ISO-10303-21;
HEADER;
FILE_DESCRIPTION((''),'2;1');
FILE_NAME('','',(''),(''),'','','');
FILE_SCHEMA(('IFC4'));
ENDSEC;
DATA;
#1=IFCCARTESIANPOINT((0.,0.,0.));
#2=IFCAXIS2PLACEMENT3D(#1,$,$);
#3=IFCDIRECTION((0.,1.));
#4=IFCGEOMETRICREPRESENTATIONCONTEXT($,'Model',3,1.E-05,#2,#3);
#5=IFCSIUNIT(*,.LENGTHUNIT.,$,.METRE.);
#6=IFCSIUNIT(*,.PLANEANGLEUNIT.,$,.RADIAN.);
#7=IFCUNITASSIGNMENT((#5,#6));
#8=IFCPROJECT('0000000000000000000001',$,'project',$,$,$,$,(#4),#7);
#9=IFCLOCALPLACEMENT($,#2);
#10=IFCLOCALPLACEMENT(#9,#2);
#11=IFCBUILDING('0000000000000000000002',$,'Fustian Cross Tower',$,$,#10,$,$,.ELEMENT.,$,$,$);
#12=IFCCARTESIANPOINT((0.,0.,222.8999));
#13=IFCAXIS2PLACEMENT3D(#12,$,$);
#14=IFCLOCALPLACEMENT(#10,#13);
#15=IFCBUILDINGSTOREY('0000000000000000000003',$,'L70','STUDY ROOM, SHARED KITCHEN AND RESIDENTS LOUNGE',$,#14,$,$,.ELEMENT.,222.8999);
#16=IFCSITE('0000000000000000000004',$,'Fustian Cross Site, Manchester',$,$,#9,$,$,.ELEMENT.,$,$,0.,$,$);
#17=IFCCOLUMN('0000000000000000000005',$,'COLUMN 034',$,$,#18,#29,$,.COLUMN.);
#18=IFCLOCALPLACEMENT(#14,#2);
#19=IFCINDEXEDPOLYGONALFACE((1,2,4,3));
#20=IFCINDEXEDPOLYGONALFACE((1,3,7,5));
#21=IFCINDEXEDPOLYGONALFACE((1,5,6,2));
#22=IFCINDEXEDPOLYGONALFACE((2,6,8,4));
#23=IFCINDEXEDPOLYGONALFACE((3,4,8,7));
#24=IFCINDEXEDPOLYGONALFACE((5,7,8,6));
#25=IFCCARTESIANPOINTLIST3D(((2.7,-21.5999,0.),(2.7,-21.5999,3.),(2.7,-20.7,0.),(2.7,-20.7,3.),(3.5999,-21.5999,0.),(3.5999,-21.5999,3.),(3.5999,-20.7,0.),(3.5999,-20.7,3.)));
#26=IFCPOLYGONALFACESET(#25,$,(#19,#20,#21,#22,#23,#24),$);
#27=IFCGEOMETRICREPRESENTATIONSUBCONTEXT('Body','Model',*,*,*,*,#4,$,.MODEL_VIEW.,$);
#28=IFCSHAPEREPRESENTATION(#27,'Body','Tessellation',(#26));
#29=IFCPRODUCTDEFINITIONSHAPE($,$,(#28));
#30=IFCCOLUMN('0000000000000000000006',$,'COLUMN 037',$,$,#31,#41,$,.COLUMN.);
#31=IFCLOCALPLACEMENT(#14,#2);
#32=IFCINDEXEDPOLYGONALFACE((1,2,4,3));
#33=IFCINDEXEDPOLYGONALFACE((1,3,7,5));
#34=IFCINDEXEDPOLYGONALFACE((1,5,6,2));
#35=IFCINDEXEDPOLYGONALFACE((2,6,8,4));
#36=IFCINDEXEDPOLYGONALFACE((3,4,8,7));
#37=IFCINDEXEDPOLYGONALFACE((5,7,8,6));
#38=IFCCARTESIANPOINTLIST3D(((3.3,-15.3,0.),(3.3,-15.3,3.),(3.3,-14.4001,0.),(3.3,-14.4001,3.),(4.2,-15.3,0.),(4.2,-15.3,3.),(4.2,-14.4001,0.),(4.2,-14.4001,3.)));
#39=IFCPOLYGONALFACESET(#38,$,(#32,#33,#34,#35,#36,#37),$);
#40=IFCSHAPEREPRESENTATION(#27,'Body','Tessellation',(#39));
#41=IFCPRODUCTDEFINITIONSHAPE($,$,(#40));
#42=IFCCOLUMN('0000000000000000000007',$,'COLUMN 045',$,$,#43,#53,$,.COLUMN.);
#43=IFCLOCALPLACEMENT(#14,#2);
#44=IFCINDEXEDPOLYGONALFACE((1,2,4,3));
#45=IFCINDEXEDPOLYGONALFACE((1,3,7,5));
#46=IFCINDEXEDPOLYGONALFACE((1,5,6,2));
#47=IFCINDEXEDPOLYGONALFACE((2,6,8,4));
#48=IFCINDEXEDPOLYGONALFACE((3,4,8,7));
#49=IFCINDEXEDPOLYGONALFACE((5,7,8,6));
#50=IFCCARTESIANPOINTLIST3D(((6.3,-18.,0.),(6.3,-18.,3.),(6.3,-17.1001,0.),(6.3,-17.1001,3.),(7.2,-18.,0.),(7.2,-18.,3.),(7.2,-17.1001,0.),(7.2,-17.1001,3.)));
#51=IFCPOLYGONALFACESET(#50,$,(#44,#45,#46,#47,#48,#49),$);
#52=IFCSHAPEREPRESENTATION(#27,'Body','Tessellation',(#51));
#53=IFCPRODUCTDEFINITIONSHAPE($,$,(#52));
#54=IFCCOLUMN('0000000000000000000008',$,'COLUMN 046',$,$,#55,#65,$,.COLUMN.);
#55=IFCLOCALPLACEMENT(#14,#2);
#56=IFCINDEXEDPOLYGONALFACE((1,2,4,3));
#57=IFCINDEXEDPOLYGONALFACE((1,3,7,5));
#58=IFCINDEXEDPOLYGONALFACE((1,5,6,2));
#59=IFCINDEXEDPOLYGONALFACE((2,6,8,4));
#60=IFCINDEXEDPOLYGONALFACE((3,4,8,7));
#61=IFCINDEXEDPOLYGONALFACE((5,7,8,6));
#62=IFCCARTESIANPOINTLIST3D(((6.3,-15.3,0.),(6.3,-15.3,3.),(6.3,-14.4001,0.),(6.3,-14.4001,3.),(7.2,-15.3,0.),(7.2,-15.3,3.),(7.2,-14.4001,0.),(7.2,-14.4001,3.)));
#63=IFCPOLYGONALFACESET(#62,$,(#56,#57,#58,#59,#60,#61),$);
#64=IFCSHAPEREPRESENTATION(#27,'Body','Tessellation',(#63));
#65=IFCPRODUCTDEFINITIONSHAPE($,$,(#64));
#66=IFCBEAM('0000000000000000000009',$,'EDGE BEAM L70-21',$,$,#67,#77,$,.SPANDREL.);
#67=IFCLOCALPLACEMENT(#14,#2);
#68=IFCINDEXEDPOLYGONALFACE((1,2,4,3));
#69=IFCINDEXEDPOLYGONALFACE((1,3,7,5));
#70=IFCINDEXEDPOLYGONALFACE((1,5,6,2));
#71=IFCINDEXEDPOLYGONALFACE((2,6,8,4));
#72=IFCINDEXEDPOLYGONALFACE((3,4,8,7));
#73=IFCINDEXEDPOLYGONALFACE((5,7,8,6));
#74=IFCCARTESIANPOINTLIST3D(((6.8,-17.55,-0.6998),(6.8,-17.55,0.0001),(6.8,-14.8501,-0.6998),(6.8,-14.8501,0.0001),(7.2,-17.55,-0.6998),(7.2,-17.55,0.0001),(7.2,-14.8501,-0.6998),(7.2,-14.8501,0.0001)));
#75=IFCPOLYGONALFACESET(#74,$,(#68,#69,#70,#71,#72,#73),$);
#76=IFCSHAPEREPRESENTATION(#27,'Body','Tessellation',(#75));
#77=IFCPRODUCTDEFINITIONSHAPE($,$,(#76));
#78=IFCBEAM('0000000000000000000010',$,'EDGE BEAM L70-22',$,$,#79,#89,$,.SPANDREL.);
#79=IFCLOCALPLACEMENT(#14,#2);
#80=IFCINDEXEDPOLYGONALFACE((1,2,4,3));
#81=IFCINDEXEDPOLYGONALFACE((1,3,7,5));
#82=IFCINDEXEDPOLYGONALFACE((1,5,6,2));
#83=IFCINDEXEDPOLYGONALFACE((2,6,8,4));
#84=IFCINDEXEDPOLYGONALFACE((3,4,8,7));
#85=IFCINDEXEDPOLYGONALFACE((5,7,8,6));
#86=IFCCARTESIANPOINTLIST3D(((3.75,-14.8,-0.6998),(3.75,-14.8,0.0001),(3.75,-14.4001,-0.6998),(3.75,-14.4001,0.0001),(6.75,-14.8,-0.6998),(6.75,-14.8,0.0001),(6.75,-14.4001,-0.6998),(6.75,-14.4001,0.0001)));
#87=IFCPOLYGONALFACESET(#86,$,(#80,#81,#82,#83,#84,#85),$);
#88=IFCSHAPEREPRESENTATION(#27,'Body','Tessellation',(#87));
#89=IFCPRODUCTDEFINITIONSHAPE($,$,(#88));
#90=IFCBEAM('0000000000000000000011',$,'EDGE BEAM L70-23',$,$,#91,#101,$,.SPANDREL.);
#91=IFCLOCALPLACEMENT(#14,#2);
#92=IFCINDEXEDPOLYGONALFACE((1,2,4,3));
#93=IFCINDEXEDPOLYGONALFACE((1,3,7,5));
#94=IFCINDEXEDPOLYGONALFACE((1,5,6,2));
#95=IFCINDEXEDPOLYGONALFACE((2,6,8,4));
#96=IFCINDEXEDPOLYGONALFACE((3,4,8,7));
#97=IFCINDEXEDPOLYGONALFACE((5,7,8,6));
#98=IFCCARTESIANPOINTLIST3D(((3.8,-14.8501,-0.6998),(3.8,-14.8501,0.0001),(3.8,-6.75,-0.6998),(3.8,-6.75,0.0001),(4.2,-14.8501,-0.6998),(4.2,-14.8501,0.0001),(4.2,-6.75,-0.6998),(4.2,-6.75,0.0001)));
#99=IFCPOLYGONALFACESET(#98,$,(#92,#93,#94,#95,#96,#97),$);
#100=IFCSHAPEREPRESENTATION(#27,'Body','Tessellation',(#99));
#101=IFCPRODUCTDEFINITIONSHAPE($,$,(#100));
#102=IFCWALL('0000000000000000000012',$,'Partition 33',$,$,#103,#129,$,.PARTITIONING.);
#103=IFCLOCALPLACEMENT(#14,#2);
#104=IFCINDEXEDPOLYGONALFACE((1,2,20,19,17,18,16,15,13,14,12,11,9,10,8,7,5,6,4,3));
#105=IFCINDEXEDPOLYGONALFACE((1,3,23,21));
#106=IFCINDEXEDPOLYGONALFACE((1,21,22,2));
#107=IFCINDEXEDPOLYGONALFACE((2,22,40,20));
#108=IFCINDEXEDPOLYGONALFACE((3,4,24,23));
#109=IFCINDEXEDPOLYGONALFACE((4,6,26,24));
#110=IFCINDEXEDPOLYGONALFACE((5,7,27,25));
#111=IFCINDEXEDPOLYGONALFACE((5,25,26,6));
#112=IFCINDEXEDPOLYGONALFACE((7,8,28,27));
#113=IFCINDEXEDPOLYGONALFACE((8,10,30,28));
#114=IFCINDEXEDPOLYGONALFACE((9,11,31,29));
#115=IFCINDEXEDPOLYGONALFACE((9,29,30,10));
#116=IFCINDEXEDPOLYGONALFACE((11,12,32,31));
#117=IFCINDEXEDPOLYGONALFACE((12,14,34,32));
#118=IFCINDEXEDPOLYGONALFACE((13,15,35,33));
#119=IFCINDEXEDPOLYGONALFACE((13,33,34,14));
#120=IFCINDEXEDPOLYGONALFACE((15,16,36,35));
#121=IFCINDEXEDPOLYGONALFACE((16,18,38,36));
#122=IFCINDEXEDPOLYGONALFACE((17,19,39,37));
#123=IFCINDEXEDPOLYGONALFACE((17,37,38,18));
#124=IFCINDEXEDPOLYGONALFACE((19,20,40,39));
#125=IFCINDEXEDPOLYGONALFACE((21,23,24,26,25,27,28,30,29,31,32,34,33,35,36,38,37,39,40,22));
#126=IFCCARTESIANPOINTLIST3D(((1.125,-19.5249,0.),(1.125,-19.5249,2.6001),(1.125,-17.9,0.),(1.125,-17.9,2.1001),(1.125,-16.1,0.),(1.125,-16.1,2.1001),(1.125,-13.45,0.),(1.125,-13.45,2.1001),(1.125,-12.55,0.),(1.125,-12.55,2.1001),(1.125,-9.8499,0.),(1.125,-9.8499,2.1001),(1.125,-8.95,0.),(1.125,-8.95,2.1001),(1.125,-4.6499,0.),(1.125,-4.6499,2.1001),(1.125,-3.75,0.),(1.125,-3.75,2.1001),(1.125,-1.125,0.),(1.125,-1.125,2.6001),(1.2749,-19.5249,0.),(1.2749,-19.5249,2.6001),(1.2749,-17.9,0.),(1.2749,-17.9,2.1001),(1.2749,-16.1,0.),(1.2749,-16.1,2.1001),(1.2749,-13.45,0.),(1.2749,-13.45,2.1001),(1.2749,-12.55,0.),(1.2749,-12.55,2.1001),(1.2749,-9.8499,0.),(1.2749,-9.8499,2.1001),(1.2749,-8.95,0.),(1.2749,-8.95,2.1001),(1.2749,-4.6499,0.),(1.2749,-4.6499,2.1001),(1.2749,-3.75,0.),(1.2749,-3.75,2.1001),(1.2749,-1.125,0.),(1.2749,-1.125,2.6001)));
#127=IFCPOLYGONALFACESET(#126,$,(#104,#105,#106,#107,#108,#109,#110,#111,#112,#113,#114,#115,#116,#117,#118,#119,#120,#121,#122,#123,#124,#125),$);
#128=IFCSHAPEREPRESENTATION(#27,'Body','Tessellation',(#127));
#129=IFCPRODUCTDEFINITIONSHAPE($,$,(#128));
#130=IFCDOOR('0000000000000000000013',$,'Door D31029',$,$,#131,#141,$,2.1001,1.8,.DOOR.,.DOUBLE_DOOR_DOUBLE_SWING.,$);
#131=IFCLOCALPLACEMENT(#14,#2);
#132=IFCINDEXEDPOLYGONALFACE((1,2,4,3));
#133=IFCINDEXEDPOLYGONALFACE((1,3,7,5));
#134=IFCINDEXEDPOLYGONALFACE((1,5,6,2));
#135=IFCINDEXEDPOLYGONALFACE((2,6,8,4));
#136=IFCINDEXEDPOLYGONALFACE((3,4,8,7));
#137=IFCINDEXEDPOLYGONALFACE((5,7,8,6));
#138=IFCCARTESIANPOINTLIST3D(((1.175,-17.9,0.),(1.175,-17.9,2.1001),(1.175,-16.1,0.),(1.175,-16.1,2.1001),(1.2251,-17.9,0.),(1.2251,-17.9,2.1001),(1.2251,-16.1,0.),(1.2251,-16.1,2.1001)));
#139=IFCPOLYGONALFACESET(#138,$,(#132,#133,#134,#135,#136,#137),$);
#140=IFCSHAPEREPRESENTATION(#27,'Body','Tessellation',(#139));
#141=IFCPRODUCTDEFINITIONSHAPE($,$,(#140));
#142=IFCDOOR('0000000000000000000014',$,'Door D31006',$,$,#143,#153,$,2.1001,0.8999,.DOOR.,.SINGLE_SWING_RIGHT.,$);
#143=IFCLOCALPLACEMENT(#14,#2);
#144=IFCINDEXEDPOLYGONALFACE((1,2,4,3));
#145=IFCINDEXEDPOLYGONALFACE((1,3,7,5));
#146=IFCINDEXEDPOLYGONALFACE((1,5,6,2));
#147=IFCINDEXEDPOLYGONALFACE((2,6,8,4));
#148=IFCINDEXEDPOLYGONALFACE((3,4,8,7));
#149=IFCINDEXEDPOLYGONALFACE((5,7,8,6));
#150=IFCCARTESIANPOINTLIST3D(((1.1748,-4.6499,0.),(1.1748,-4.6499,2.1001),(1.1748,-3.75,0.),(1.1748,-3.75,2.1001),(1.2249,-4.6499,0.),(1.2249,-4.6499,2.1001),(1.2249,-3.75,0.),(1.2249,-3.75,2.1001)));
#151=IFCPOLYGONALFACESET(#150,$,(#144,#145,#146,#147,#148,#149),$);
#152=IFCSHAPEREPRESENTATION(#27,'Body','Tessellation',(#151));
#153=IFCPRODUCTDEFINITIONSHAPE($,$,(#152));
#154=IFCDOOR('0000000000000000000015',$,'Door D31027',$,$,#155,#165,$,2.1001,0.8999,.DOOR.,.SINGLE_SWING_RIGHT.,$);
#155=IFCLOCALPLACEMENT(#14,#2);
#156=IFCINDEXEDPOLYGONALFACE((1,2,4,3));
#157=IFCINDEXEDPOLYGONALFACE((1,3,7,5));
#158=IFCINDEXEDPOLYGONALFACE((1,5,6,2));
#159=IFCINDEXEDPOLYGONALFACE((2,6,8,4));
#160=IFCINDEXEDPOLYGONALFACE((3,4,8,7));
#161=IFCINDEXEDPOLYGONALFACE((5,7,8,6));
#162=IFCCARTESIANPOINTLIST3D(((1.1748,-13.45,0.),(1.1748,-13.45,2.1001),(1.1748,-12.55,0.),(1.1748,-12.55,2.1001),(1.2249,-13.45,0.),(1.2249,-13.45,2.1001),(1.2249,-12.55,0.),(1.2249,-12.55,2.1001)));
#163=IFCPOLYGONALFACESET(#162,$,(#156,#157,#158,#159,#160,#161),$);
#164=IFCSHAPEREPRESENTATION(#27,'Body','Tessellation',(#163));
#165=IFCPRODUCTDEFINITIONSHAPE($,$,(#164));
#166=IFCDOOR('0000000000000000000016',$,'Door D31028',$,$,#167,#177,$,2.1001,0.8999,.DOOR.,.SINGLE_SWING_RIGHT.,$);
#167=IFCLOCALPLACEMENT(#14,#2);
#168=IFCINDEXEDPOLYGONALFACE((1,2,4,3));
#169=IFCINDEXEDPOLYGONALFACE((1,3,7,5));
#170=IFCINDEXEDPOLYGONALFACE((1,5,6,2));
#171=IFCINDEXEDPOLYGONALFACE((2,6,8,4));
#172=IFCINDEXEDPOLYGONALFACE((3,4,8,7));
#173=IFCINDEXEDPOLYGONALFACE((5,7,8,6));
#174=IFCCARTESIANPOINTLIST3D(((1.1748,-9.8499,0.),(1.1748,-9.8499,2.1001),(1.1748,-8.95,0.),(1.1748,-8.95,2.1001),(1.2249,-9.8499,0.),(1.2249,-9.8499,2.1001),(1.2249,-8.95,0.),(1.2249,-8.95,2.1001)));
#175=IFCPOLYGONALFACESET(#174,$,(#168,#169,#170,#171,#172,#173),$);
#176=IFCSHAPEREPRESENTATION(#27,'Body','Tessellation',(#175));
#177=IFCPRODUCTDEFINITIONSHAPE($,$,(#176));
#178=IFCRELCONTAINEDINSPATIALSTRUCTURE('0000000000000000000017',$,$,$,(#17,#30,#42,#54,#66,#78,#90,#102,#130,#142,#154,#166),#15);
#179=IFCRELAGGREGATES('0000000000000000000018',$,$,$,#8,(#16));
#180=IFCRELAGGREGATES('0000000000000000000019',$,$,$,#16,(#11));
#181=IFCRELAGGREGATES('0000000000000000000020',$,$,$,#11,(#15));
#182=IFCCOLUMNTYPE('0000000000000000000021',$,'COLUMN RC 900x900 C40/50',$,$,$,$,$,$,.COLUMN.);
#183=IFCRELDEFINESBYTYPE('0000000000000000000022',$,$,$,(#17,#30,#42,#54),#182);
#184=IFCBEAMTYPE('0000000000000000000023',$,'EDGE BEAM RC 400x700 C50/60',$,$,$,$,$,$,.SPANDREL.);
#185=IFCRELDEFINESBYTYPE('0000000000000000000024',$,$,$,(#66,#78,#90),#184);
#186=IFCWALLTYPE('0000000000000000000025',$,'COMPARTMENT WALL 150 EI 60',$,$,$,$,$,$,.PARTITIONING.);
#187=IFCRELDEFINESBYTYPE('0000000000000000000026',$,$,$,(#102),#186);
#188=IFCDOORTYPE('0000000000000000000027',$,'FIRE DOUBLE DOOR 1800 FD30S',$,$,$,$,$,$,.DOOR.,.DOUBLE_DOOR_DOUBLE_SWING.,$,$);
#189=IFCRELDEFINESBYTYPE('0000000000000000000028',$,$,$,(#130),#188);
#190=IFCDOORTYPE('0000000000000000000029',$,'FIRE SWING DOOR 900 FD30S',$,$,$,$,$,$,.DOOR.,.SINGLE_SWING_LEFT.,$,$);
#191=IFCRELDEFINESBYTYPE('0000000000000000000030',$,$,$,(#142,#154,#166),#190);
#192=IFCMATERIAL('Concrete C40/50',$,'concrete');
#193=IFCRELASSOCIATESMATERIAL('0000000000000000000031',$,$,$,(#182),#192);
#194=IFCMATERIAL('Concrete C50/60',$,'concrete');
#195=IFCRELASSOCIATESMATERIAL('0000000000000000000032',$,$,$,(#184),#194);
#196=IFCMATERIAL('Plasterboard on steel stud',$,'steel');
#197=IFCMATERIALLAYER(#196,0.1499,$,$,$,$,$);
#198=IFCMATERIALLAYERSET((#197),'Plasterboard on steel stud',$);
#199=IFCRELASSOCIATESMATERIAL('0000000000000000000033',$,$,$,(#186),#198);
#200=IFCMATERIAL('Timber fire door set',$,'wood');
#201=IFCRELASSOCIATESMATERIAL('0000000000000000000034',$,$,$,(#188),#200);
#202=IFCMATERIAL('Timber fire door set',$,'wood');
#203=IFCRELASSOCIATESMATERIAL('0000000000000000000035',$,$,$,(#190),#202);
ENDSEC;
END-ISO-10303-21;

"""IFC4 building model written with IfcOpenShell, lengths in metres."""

from ifc_helpers import new_model, si_unit, direction, frame, frame_2d, origin, origin_2d, place, context, subcontext, project, spatial, rectangle, extrude, material, layer, layer_set, material_profile, profile_set, type_object, element, fill, save


model = new_model("IFC4")

# Units and contexts
model_context = context("Model", 3, precision=1e-05, world=origin(), true_north=direction((0.0, 1.0)))
body_context = subcontext(model_context, "Body", "Model", "MODEL_VIEW")
ifc_project = project(units=[si_unit("LENGTHUNIT", "METRE"), si_unit("PLANEANGLEUNIT", "RADIAN")], contexts=[model_context])

# Site, building, storey
site_placement = place(None, origin())
site = spatial("IfcSite", under=ifc_project, at=site_placement, Name="Fustian Cross Site, Manchester", CompositionType="ELEMENT", RefElevation=0.0)
building_placement = place(site_placement, origin())
building = spatial("IfcBuilding", under=site, at=building_placement, Name="Fustian Cross Tower", CompositionType="ELEMENT")
storey_placement = place(building_placement, frame((0.0, 0.0, 222.8999)))
storey = spatial("IfcBuildingStorey", under=building, at=storey_placement, Name="L70", Description="STUDY ROOM, SHARED KITCHEN AND RESIDENTS LOUNGE", CompositionType="ELEMENT", Elevation=222.8999)

# Columns
ifc_material_1 = material(Name="Concrete C40/50", Category="concrete")
ifc_material_profile_1 = material_profile(ifc_material_1, rectangle(XDim=0.8999, YDim=0.8999, at=origin_2d()), Name="RC 900x900")
ifc_profile_set_1 = profile_set([ifc_material_profile_1], Name="Concrete C40/50")
column_type = type_object("IfcColumnType", Name="COLUMN RC 900x900 C40/50", PredefinedType="COLUMN", material=ifc_profile_set_1)
for number, where, z_axis, x_axis, name in (
    (1, (3.1499, -21.1499, 0.0), (0.0, 0.0, 1.0), (1.0, 0.0, 0.0), "COLUMN 034"),
    (2, (3.75, -14.8501, 0.0), (0.0, 0.0, 1.0), (1.0, 0.0, 0.0), "COLUMN 037"),
    (3, (6.75, -17.55, 0.0), (0.0, 0.0, 1.0), (1.0, 0.0, 0.0), "COLUMN 045"),
    (4, (6.75, -14.8501, 0.0), (0.0, 0.0, 1.0), (1.0, 0.0, 0.0), "COLUMN 046"),
):
    element("IfcColumn", number, at=place(storey_placement, frame(where, z_axis=z_axis, x_axis=x_axis)), inside=storey, type_object=column_type, Name=name, PredefinedType="COLUMN", context=body_context, shape_type="SweptSolid", body=[
        extrude(rectangle(XDim=0.8999, YDim=0.8999, at=origin_2d()), origin(), (0.0, 0.0, 1.0), 3.0),
    ])

# Beams
ifc_material_2 = material(Name="Concrete C50/60", Category="concrete")
ifc_material_profile_2 = material_profile(ifc_material_2, rectangle(XDim=0.3999, YDim=0.7, at=origin_2d()), Name="RC 400x700")
ifc_profile_set_2 = profile_set([ifc_material_profile_2], Name="Concrete C50/60")
beam_type = type_object("IfcBeamType", Name="EDGE BEAM RC 400x700 C50/60", PredefinedType="SPANDREL", material=ifc_profile_set_2)
beam_1_placement = place(storey_placement, frame((7.0, -17.55, -0.3499), z_axis=(0.0, 1.0, 0.0), x_axis=(-1.0, 0.0, 0.0)))
element("IfcBeam", 5, at=beam_1_placement, inside=storey, type_object=beam_type, Name="EDGE BEAM L70-21", PredefinedType="SPANDREL", context=body_context, shape_type="SweptSolid", body=[
    extrude(rectangle(XDim=0.3999, YDim=0.7, at=origin_2d()), origin(), (0.0, 0.0, 1.0), 2.7),
])
beam_2_placement = place(storey_placement, frame((6.75, -14.6001, -0.3499), z_axis=(-1.0, 0.0, 0.0), x_axis=(0.0, -1.0, 0.0)))
element("IfcBeam", 6, at=beam_2_placement, inside=storey, type_object=beam_type, Name="EDGE BEAM L70-22", PredefinedType="SPANDREL", context=body_context, shape_type="SweptSolid", body=[
    extrude(rectangle(XDim=0.3999, YDim=0.7, at=origin_2d()), origin(), (0.0, 0.0, 1.0), 3.0),
])
beam_3_placement = place(storey_placement, frame((4.0, -14.8501, -0.3499), z_axis=(0.0, 1.0, 0.0), x_axis=(-1.0, 0.0, 0.0)))
element("IfcBeam", 7, at=beam_3_placement, inside=storey, type_object=beam_type, Name="EDGE BEAM L70-23", PredefinedType="SPANDREL", context=body_context, shape_type="SweptSolid", body=[
    extrude(rectangle(XDim=0.3999, YDim=0.7, at=origin_2d()), origin(), (0.0, 0.0, 1.0), 8.1001),
])

# Wall, openings, doors
ifc_material_3 = material(Name="Plasterboard on steel stud", Category="steel")
ifc_layer_1 = layer(ifc_material_3, 0.1499)
ifc_layer_set_1 = layer_set([ifc_layer_1], Name="Plasterboard on steel stud")
wall_type_1 = type_object("IfcWallType", Name="COMPARTMENT WALL 150 EI 60", PredefinedType="PARTITIONING", material=ifc_layer_set_1)
wall_1_placement = place(storey_placement, frame((1.2, -19.5249, 0.0), z_axis=(0.0, 0.0, 1.0), x_axis=(0.0, 1.0, 0.0)))
wall_1 = element("IfcWall", 8, at=wall_1_placement, inside=storey, type_object=wall_type_1, Name="Partition 33", PredefinedType="PARTITIONING", context=body_context, shape_type="SweptSolid", body=[
    extrude(rectangle(XDim=18.3999, YDim=0.1499, at=frame_2d((9.2, 0.0))), origin(), (0.0, 0.0, 1.0), 2.6001),
])
opening_1_placement = place(wall_1_placement, frame((14.875, 0.0, 0.0)))
opening_1 = element("IfcOpeningElement", 9, at=opening_1_placement, cuts=wall_1, PredefinedType="OPENING", context=body_context, shape_type="SweptSolid", body=[
    extrude(rectangle(XDim=0.8999, YDim=2.1001, at=frame_2d((0.45, 1.05))), frame((0.0, 0.085, 0.0), z_axis=(0.0, -1.0, 0.0), x_axis=(1.0, 0.0, 0.0)), (0.0, 0.0, 1.0), 0.1699),
])
opening_2_placement = place(wall_1_placement, frame((6.075, 0.0, 0.0)))
opening_2 = element("IfcOpeningElement", 10, at=opening_2_placement, cuts=wall_1, PredefinedType="OPENING", context=body_context, shape_type="SweptSolid", body=[
    extrude(rectangle(XDim=0.8999, YDim=2.1001, at=frame_2d((0.45, 1.05))), frame((0.0, 0.085, 0.0), z_axis=(0.0, -1.0, 0.0), x_axis=(1.0, 0.0, 0.0)), (0.0, 0.0, 1.0), 0.1699),
])
opening_3_placement = place(wall_1_placement, frame((9.675, 0.0, 0.0)))
opening_3 = element("IfcOpeningElement", 11, at=opening_3_placement, cuts=wall_1, PredefinedType="OPENING", context=body_context, shape_type="SweptSolid", body=[
    extrude(rectangle(XDim=0.8999, YDim=2.1001, at=frame_2d((0.45, 1.05))), frame((0.0, 0.085, 0.0), z_axis=(0.0, -1.0, 0.0), x_axis=(1.0, 0.0, 0.0)), (0.0, 0.0, 1.0), 0.1699),
])
opening_4_placement = place(wall_1_placement, frame((1.625, 0.0, 0.0)))
opening_4 = element("IfcOpeningElement", 12, at=opening_4_placement, cuts=wall_1, PredefinedType="OPENING", context=body_context, shape_type="SweptSolid", body=[
    extrude(rectangle(XDim=1.8, YDim=2.1001, at=frame_2d((0.8999, 1.05))), frame((0.0, 0.085, 0.0), z_axis=(0.0, -1.0, 0.0), x_axis=(1.0, 0.0, 0.0)), (0.0, 0.0, 1.0), 0.1699),
])
ifc_material_4 = material(Name="Timber fire door set", Category="wood")
door_type_1 = type_object("IfcDoorType", Name="FIRE DOUBLE DOOR 1800 FD30S", OperationType="DOUBLE_DOOR_DOUBLE_SWING", PredefinedType="DOOR", material=ifc_material_4)
door_1_placement = place(opening_4_placement, origin())
door_1 = element("IfcDoor", 13, at=door_1_placement, inside=storey, type_object=door_type_1, Name="Door D31029", OperationType="DOUBLE_DOOR_DOUBLE_SWING", OverallHeight=2.1001, OverallWidth=1.8, PredefinedType="DOOR", context=body_context, shape_type="SweptSolid", body=[
    extrude(rectangle(XDim=1.8, YDim=2.1001, at=frame_2d((0.8999, 1.05))), frame((0.0, 0.0249, 0.0), z_axis=(0.0, -1.0, 0.0), x_axis=(1.0, 0.0, 0.0)), (0.0, 0.0, 1.0), 0.05),
])
fill(opening_4, door_1)
ifc_material_5 = material(Name="Timber fire door set", Category="wood")
door_type_2 = type_object("IfcDoorType", Name="FIRE SWING DOOR 900 FD30S", OperationType="SINGLE_SWING_LEFT", PredefinedType="DOOR", material=ifc_material_5)
door_2_placement = place(opening_1_placement, frame((0.8999, 0.0, 0.0), z_axis=(0.0, 0.0, 1.0), x_axis=(-1.0, 0.0, 0.0)))
door_2 = element("IfcDoor", 14, at=door_2_placement, inside=storey, type_object=door_type_2, Name="Door D31006", OperationType="SINGLE_SWING_RIGHT", OverallHeight=2.1001, OverallWidth=0.8999, PredefinedType="DOOR", context=body_context, shape_type="SweptSolid", body=[
    extrude(rectangle(XDim=0.8999, YDim=2.1001, at=frame_2d((0.45, 1.05))), frame((0.0, 0.0249, 0.0), z_axis=(0.0, -1.0, 0.0), x_axis=(1.0, 0.0, 0.0)), (0.0, 0.0, 1.0), 0.05),
])
fill(opening_1, door_2)
door_3_placement = place(opening_2_placement, frame((0.8999, 0.0, 0.0), z_axis=(0.0, 0.0, 1.0), x_axis=(-1.0, 0.0, 0.0)))
door_3 = element("IfcDoor", 15, at=door_3_placement, inside=storey, type_object=door_type_2, Name="Door D31027", OperationType="SINGLE_SWING_RIGHT", OverallHeight=2.1001, OverallWidth=0.8999, PredefinedType="DOOR", context=body_context, shape_type="SweptSolid", body=[
    extrude(rectangle(XDim=0.8999, YDim=2.1001, at=frame_2d((0.45, 1.05))), frame((0.0, 0.0249, 0.0), z_axis=(0.0, -1.0, 0.0), x_axis=(1.0, 0.0, 0.0)), (0.0, 0.0, 1.0), 0.05),
])
fill(opening_2, door_3)
door_4_placement = place(opening_3_placement, frame((0.8999, 0.0, 0.0), z_axis=(0.0, 0.0, 1.0), x_axis=(-1.0, 0.0, 0.0)))
door_4 = element("IfcDoor", 16, at=door_4_placement, inside=storey, type_object=door_type_2, Name="Door D31028", OperationType="SINGLE_SWING_RIGHT", OverallHeight=2.1001, OverallWidth=0.8999, PredefinedType="DOOR", context=body_context, shape_type="SweptSolid", body=[
    extrude(rectangle(XDim=0.8999, YDim=2.1001, at=frame_2d((0.45, 1.05))), frame((0.0, 0.0249, 0.0), z_axis=(0.0, -1.0, 0.0), x_axis=(1.0, 0.0, 0.0)), (0.0, 0.0, 1.0), 0.05),
])
fill(opening_3, door_4)

save(model, "model.ifc")
